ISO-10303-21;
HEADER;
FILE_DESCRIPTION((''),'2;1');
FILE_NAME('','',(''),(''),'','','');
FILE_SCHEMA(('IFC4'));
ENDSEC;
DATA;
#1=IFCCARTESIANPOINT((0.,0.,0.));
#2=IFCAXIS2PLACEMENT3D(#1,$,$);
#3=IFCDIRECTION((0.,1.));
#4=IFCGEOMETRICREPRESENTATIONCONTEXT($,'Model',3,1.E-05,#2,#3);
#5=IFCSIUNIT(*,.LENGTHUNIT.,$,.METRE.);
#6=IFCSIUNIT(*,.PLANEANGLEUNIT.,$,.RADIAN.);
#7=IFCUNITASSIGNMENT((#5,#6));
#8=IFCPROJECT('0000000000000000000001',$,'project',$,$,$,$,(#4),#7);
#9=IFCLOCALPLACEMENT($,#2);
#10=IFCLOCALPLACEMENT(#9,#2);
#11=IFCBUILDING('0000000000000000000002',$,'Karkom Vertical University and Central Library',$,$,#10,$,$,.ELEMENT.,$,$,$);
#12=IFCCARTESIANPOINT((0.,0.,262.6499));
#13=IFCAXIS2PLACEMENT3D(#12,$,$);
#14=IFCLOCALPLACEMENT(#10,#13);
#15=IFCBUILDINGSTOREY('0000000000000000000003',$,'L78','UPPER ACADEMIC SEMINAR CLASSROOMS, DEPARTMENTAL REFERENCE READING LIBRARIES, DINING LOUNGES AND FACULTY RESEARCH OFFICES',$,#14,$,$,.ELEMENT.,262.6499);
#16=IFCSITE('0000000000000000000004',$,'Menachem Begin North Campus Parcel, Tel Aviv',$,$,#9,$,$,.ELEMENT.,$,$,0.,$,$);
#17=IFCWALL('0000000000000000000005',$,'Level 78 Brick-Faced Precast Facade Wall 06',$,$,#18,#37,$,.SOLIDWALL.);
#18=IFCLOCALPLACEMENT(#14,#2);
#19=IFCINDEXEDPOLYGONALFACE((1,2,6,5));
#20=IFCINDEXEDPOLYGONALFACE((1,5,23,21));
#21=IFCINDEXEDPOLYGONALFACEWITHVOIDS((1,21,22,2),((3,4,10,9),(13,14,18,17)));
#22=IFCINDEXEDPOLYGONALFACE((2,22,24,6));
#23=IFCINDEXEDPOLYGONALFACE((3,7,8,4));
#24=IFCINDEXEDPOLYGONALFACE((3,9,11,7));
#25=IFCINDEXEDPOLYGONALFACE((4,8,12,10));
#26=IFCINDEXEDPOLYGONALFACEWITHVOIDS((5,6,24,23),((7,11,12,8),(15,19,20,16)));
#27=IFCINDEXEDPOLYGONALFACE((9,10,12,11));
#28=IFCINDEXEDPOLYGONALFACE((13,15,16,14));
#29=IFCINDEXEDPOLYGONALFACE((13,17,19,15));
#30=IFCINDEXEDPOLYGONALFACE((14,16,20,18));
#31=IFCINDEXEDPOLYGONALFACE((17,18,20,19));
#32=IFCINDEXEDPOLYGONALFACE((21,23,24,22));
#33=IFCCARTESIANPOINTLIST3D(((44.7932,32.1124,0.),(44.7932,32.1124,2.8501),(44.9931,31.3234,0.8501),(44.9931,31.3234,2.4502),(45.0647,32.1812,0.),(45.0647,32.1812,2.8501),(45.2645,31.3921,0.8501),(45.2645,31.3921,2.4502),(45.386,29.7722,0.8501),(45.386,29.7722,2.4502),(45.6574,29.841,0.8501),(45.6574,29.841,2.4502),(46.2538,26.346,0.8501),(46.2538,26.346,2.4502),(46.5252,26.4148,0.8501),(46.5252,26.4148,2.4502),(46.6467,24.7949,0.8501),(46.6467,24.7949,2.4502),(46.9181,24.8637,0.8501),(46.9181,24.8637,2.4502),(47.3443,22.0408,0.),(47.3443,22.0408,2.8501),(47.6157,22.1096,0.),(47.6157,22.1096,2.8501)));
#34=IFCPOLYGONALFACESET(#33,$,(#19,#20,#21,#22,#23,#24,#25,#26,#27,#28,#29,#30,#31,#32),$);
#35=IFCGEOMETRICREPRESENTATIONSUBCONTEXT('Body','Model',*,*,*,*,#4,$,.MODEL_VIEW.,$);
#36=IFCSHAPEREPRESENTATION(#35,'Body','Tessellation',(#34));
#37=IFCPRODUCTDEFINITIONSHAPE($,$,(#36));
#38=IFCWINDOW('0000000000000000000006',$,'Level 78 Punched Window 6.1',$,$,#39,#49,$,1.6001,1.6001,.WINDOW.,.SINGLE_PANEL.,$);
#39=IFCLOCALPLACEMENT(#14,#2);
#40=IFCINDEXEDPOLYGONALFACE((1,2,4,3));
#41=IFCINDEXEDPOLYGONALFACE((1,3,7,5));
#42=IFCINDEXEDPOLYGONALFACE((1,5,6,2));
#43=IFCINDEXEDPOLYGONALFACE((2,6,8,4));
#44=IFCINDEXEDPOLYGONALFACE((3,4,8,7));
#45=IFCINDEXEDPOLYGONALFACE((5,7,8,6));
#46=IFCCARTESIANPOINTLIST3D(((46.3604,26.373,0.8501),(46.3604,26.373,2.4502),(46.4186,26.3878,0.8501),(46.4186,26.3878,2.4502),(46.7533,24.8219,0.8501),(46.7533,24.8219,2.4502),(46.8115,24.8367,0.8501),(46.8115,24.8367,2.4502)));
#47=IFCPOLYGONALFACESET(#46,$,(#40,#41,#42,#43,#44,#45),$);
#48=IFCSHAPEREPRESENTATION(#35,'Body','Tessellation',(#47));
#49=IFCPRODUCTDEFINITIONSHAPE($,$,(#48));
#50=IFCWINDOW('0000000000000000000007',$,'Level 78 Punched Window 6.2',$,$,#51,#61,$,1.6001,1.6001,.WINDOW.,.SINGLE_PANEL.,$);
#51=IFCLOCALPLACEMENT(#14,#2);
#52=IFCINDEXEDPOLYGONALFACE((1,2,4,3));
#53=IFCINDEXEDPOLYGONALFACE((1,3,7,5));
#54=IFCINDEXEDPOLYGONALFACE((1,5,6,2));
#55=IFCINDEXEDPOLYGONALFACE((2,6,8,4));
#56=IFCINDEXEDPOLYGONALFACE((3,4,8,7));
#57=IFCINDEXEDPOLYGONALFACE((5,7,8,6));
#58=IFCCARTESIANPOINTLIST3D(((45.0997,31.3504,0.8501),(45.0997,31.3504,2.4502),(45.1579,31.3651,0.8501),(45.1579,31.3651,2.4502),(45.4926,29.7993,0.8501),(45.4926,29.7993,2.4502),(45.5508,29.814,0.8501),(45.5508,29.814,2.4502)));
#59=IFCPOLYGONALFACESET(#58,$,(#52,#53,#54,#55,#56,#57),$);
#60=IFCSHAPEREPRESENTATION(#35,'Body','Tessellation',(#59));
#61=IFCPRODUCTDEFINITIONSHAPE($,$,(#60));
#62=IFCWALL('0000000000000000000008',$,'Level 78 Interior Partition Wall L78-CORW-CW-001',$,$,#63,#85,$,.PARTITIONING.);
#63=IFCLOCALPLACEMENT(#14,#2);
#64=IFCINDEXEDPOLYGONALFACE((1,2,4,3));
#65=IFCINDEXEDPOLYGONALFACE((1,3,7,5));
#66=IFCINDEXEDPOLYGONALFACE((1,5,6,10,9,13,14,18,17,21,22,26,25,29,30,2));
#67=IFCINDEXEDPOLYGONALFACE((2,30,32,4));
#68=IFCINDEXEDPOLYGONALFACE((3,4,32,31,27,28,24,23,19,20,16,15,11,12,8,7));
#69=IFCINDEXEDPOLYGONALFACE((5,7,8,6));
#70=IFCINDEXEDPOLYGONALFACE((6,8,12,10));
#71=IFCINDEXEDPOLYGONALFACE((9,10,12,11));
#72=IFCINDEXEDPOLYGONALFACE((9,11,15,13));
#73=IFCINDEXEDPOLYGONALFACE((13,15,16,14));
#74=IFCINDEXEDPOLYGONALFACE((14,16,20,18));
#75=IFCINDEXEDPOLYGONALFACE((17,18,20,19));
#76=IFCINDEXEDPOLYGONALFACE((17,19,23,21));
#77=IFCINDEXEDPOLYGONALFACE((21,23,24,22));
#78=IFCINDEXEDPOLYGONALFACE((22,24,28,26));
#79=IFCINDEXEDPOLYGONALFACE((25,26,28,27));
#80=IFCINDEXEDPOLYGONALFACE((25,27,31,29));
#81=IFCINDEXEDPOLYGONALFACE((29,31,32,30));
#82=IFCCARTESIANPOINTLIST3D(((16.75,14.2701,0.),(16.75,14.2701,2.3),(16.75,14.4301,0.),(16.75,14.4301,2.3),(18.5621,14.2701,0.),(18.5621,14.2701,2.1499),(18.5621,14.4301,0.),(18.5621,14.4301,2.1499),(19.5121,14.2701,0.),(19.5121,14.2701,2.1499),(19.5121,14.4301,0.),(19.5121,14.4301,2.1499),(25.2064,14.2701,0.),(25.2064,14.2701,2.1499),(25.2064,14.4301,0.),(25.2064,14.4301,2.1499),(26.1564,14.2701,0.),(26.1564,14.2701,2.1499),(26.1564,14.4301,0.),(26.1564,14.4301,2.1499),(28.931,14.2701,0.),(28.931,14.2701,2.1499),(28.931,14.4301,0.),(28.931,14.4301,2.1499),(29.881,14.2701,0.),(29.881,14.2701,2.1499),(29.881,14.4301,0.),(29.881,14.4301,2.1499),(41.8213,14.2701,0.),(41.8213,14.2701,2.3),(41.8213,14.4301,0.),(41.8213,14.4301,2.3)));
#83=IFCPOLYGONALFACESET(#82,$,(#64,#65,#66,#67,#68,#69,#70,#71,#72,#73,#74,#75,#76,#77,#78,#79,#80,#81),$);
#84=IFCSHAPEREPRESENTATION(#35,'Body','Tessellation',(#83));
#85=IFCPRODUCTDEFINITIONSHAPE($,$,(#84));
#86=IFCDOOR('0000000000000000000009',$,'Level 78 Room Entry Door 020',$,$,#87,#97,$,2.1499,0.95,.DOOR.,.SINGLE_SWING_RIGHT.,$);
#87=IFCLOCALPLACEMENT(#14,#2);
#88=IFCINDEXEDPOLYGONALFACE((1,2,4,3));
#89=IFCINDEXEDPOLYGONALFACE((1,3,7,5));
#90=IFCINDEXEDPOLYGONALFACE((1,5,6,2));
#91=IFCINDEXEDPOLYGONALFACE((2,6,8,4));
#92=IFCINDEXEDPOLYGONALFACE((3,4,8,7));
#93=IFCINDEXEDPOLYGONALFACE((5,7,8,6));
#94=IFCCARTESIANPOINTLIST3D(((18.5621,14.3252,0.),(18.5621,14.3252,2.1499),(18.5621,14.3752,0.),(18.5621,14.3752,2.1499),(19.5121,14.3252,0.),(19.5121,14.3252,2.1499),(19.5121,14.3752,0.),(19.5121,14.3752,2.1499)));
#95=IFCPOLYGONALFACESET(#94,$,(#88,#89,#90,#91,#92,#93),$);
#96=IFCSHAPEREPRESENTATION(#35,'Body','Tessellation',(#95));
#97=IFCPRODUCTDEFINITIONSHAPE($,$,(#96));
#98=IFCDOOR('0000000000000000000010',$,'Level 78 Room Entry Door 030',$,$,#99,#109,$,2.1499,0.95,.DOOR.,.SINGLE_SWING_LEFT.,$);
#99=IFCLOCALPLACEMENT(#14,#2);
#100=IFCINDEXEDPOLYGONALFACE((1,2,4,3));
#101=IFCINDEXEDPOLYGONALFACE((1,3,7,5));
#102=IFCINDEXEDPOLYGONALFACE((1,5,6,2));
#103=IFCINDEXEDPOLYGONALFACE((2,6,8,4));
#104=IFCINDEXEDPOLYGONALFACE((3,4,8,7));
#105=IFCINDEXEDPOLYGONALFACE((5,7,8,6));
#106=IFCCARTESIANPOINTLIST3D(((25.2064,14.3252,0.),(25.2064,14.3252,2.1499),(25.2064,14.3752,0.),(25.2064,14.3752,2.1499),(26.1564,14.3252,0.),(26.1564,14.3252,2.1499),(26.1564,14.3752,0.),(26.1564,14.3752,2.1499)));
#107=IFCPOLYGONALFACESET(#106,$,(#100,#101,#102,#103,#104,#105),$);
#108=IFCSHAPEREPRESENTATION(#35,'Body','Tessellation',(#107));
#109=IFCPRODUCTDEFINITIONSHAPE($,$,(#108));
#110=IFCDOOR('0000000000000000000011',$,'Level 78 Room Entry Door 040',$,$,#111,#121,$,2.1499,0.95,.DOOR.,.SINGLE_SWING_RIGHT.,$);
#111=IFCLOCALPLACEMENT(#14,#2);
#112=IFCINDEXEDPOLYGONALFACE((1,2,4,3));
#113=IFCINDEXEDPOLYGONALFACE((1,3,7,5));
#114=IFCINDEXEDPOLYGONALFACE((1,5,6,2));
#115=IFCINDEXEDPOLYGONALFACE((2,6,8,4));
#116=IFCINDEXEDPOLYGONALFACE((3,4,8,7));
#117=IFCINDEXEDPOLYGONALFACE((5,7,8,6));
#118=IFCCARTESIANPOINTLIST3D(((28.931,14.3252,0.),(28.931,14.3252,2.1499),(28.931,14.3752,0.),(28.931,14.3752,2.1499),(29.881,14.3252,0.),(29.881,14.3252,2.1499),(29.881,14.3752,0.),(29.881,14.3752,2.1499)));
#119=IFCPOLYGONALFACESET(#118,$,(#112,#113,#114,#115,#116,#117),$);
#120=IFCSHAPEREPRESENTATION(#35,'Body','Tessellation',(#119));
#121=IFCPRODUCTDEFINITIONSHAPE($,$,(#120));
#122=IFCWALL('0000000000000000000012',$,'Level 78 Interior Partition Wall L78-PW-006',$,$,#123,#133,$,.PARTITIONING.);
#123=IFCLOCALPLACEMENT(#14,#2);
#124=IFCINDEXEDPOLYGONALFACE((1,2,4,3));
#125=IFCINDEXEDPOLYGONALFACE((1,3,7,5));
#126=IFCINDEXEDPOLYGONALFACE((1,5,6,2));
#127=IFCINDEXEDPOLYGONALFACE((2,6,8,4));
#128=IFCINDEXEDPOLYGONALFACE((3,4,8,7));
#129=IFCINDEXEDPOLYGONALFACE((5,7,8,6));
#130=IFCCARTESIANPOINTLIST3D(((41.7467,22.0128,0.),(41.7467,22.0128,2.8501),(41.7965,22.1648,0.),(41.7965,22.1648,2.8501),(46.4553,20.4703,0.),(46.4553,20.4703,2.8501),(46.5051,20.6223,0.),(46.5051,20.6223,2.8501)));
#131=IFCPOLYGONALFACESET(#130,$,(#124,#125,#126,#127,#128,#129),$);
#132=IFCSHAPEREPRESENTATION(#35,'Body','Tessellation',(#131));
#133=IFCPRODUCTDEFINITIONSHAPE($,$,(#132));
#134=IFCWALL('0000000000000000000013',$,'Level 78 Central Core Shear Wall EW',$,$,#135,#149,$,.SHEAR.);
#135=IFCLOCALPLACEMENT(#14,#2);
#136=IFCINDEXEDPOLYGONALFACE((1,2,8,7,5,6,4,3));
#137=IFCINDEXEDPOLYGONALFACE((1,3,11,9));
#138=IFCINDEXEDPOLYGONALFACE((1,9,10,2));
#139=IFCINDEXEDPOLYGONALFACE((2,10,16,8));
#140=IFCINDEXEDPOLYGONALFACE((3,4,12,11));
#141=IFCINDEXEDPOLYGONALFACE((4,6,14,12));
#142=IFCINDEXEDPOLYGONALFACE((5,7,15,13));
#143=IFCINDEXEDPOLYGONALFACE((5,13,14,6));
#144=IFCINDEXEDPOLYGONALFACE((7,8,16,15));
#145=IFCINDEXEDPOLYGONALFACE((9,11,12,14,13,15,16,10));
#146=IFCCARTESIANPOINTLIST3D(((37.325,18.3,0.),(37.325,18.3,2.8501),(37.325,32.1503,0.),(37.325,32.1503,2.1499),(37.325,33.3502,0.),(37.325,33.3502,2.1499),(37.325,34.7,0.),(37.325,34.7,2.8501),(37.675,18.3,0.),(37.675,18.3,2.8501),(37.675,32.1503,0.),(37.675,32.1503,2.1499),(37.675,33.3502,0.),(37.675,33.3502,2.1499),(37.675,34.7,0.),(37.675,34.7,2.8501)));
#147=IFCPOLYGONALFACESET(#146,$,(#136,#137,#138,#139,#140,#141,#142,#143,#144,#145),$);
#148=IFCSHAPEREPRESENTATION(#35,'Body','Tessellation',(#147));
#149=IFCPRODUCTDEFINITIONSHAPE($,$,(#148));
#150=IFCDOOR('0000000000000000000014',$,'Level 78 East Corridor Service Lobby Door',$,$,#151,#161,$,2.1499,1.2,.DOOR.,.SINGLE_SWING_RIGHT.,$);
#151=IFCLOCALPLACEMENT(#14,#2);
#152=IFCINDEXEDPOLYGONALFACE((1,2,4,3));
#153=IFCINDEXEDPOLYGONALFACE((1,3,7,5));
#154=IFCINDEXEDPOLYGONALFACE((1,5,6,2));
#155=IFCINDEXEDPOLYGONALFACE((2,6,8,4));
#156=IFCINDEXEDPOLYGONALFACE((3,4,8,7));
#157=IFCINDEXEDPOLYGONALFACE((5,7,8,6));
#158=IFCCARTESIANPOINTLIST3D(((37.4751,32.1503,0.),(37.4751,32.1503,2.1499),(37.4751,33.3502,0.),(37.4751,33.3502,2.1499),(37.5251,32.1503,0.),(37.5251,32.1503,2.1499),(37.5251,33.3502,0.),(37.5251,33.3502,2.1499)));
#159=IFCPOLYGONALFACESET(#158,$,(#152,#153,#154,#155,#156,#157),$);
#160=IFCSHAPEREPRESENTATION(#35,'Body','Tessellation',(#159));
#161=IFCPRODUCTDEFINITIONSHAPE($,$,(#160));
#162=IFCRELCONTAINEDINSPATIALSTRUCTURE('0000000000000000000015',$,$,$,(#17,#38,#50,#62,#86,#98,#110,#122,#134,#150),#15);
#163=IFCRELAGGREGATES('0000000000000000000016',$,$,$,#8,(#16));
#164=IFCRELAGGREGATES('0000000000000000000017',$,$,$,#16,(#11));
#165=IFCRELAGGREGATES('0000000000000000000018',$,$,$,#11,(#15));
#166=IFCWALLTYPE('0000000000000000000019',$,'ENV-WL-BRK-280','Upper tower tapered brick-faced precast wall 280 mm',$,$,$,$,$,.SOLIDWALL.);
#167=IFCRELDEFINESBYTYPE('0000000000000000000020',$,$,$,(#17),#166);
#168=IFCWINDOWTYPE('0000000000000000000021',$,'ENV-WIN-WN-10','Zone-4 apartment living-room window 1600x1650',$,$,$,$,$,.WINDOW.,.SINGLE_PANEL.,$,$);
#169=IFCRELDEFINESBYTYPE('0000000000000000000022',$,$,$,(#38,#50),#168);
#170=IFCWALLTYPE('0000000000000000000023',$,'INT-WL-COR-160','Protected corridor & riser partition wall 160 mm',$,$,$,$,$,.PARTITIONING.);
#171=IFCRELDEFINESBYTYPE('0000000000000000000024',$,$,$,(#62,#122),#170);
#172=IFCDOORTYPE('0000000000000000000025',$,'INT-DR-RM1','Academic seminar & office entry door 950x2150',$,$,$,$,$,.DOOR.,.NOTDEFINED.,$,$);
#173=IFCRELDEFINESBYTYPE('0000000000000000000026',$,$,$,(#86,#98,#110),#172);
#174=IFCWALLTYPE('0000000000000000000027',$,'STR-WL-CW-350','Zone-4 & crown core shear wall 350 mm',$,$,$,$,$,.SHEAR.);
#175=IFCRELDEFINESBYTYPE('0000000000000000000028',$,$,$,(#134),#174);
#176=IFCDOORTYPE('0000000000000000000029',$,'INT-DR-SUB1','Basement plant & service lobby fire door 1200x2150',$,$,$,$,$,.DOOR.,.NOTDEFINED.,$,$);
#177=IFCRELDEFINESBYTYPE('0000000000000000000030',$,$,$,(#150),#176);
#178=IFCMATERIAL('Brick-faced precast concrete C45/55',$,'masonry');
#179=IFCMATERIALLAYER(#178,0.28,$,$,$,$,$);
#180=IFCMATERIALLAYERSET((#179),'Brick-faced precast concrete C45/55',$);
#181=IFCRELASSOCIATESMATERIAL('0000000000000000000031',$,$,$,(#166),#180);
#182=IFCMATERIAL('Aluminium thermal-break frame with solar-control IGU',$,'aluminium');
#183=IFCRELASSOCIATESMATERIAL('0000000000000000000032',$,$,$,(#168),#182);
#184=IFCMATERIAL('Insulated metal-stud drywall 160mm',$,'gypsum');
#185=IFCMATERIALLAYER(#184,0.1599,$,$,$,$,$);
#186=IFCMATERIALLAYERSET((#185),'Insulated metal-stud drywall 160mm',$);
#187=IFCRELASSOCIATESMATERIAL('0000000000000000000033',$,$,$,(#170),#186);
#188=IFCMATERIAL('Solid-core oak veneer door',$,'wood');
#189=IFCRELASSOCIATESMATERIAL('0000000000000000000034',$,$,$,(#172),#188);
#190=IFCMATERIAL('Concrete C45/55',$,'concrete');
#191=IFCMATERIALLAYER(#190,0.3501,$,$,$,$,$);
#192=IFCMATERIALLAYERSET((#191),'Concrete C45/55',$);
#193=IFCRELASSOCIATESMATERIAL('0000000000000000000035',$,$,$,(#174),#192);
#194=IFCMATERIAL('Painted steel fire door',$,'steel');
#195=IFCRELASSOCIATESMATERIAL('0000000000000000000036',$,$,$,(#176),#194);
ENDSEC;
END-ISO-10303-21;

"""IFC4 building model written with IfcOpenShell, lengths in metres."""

from ifc_helpers import new_model, si_unit, direction, frame, frame_2d, origin, origin_with_axes, place, context, subcontext, project, spatial, rectangle, extrude, source, transform, mapped, material, layer, layer_set, type_object, element, fill, save


model = new_model("IFC4")

# Units and contexts
model_context = context("Model", 3, precision=1e-05, world=origin(), true_north=direction((0.0, 1.0)))
body_context = subcontext(model_context, "Body", "Model", "MODEL_VIEW")
ifc_project = project(units=[si_unit("LENGTHUNIT", "METRE"), si_unit("PLANEANGLEUNIT", "RADIAN")], contexts=[model_context])

# Site, building, storey
site_placement = place(None, origin())
site = spatial("IfcSite", under=ifc_project, at=site_placement, Name="Menachem Begin North Campus Parcel, Tel Aviv", CompositionType="ELEMENT", RefElevation=0.0)
building_placement = place(site_placement, origin())
building = spatial("IfcBuilding", under=site, at=building_placement, Name="Karkom Vertical University and Central Library", CompositionType="ELEMENT")
storey_placement = place(building_placement, frame((0.0, 0.0, 262.6499)))
storey = spatial("IfcBuildingStorey", under=building, at=storey_placement, Name="L78", Description="UPPER ACADEMIC SEMINAR CLASSROOMS, DEPARTMENTAL REFERENCE READING LIBRARIES, DINING LOUNGES AND FACULTY RESEARCH OFFICES", CompositionType="ELEMENT", Elevation=262.6499)

# Shared definitions
ifc_material_1 = material(Name="Concrete C45/55", Category="concrete")

# Shared definitions
ifc_material_2 = material(Name="Brick-faced precast concrete C45/55", Category="masonry")
ifc_layer_1 = layer(ifc_material_2, 0.28)
ifc_layer_set_1 = layer_set([ifc_layer_1], Name="Brick-faced precast concrete C45/55")
wall_type_1 = type_object("IfcWallType", Name="ENV-WL-BRK-280", Description="Upper tower tapered brick-faced precast wall 280 mm", PredefinedType="SOLIDWALL", material=ifc_layer_set_1)
ifc_material_3 = material(Name="Aluminium thermal-break frame with solar-control IGU", Category="aluminium")
window_type = type_object("IfcWindowType", Name="ENV-WIN-WN-10", Description="Zone-4 apartment living-room window 1600x1650", PartitioningType="SINGLE_PANEL", PredefinedType="WINDOW", material=ifc_material_3)
shared_shape_1 = source(origin_with_axes(), body_context, "Body", "SweptSolid", [
    extrude(rectangle(XDim=1.6001, YDim=1.6001, at=frame_2d((0.8, 0.8))), frame((0.0, 0.03, 0.0), z_axis=(0.0, -1.0, 0.0), x_axis=(1.0, 0.0, 0.0)), (0.0, 0.0, 1.0), 0.0601),
])

# Wall, openings, windows
wall_1_placement = place(storey_placement, frame((47.48, 22.0752, 0.0), z_axis=(0.0, 0.0, 1.0), x_axis=(-0.245537, 0.969387, 0.0)))
wall_1 = element("IfcWall", 1, at=wall_1_placement, inside=storey, type_object=wall_type_1, Name="Level 78 Brick-Faced Precast Facade Wall 06", PredefinedType="SOLIDWALL", context=body_context, shape_type="SweptSolid", body=[
    extrude(rectangle(XDim=10.3896, YDim=0.28, at=frame_2d((5.1948, 0.0))), origin(), (0.0, 0.0, 1.0), 2.8501),
])
opening_1_placement = place(wall_1_placement, frame((2.8411, 0.0, 0.8501)))
opening_1 = element("IfcOpeningElement", 2, at=opening_1_placement, cuts=wall_1, PredefinedType="OPENING", context=body_context, shape_type="SweptSolid", body=[
    extrude(rectangle(XDim=1.6001, YDim=1.6001, at=frame_2d((0.8, 0.8))), frame((0.0, 0.1499, 0.0), z_axis=(0.0, -1.0, 0.0), x_axis=(1.0, 0.0, 0.0)), (0.0, 0.0, 1.0), 0.3),
])
opening_2_placement = place(wall_1_placement, frame((7.9756, 0.0, 0.8501)))
opening_2 = element("IfcOpeningElement", 3, at=opening_2_placement, cuts=wall_1, PredefinedType="OPENING", context=body_context, shape_type="SweptSolid", body=[
    extrude(rectangle(XDim=1.6001, YDim=1.6001, at=frame_2d((0.8, 0.8))), frame((0.0, 0.1499, 0.0), z_axis=(0.0, -1.0, 0.0), x_axis=(1.0, 0.0, 0.0)), (0.0, 0.0, 1.0), 0.3),
])
window_1_placement = place(opening_1_placement, origin())
window_1 = element("IfcWindow", 4, at=window_1_placement, inside=storey, type_object=window_type, Name="Level 78 Punched Window 6.1", OverallHeight=1.6001, OverallWidth=1.6001, PartitioningType="SINGLE_PANEL", PredefinedType="WINDOW", context=body_context, shape_type="MappedRepresentation", body=[
    mapped(shared_shape_1, transform((0.0, 0.0, 0.0), scale=1.0)),
])
fill(opening_1, window_1)
window_2_placement = place(opening_2_placement, origin())
window_2 = element("IfcWindow", 5, at=window_2_placement, inside=storey, type_object=window_type, Name="Level 78 Punched Window 6.2", OverallHeight=1.6001, OverallWidth=1.6001, PartitioningType="SINGLE_PANEL", PredefinedType="WINDOW", context=body_context, shape_type="MappedRepresentation", body=[
    mapped(shared_shape_1, transform((0.0, 0.0, 0.0), scale=1.0)),
])
fill(opening_2, window_2)

# Wall, openings, doors
ifc_material_4 = material(Name="Insulated metal-stud drywall 160mm", Category="gypsum")
ifc_layer_2 = layer(ifc_material_4, 0.1599)
ifc_layer_set_2 = layer_set([ifc_layer_2], Name="Insulated metal-stud drywall 160mm")
wall_type_2 = type_object("IfcWallType", Name="INT-WL-COR-160", Description="Protected corridor & riser partition wall 160 mm", PredefinedType="PARTITIONING", material=ifc_layer_set_2)
wall_2_placement = place(storey_placement, frame((41.8213, 14.3501, 0.0), z_axis=(0.0, 0.0, 1.0), x_axis=(-1.0, 0.0, 0.0)))
wall_2 = element("IfcWall", 6, at=wall_2_placement, inside=storey, type_object=wall_type_2, Name="Level 78 Interior Partition Wall L78-CORW-CW-001", PredefinedType="PARTITIONING", context=body_context, shape_type="SweptSolid", body=[
    extrude(rectangle(XDim=25.0713, YDim=0.1599, at=frame_2d((12.5356, 0.0))), origin(), (0.0, 0.0, 1.0), 2.3),
])
opening_3_placement = place(wall_2_placement, frame((22.3091, 0.0, 0.0)))
opening_3 = element("IfcOpeningElement", 7, at=opening_3_placement, cuts=wall_2, PredefinedType="OPENING", context=body_context, shape_type="SweptSolid", body=[
    extrude(rectangle(XDim=0.95, YDim=2.1499, at=frame_2d((0.4751, 1.075))), frame((0.0, 0.0898, 0.0), z_axis=(0.0, -1.0, 0.0), x_axis=(1.0, 0.0, 0.0)), (0.0, 0.0, 1.0), 0.1799),
])
opening_4_placement = place(wall_2_placement, frame((15.6648, 0.0, 0.0)))
opening_4 = element("IfcOpeningElement", 8, at=opening_4_placement, cuts=wall_2, PredefinedType="OPENING", context=body_context, shape_type="SweptSolid", body=[
    extrude(rectangle(XDim=0.95, YDim=2.1499, at=frame_2d((0.4751, 1.075))), frame((0.0, 0.0898, 0.0), z_axis=(0.0, -1.0, 0.0), x_axis=(1.0, 0.0, 0.0)), (0.0, 0.0, 1.0), 0.1799),
])
opening_5_placement = place(wall_2_placement, frame((11.9402, 0.0, 0.0)))
opening_5 = element("IfcOpeningElement", 9, at=opening_5_placement, cuts=wall_2, PredefinedType="OPENING", context=body_context, shape_type="SweptSolid", body=[
    extrude(rectangle(XDim=0.95, YDim=2.1499, at=frame_2d((0.4751, 1.075))), frame((0.0, 0.0898, 0.0), z_axis=(0.0, -1.0, 0.0), x_axis=(1.0, 0.0, 0.0)), (0.0, 0.0, 1.0), 0.1799),
])
ifc_material_5 = material(Name="Solid-core oak veneer door", Category="wood")
door_type_1 = type_object("IfcDoorType", Name="INT-DR-RM1", Description="Academic seminar & office entry door 950x2150", OperationType="NOTDEFINED", PredefinedType="DOOR", material=ifc_material_5)
shared_shape_2 = source(origin_with_axes(), body_context, "Body", "SweptSolid", [
    extrude(rectangle(XDim=0.95, YDim=2.1499, at=frame_2d((0.4751, 1.075))), frame((0.0, 0.0249, 0.0), z_axis=(0.0, -1.0, 0.0), x_axis=(1.0, 0.0, 0.0)), (0.0, 0.0, 1.0), 0.05),
])
door_1_placement = place(opening_3_placement, origin())
door_1 = element("IfcDoor", 10, at=door_1_placement, inside=storey, type_object=door_type_1, Name="Level 78 Room Entry Door 020", OperationType="SINGLE_SWING_RIGHT", OverallHeight=2.1499, OverallWidth=0.95, PredefinedType="DOOR", context=body_context, shape_type="MappedRepresentation", body=[
    mapped(shared_shape_2, transform((0.0, 0.0, 0.0), scale=1.0)),
])
fill(opening_3, door_1)
door_2_placement = place(opening_4_placement, origin())
door_2 = element("IfcDoor", 11, at=door_2_placement, inside=storey, type_object=door_type_1, Name="Level 78 Room Entry Door 030", OperationType="SINGLE_SWING_LEFT", OverallHeight=2.1499, OverallWidth=0.95, PredefinedType="DOOR", context=body_context, shape_type="MappedRepresentation", body=[
    mapped(shared_shape_2, transform((0.0, 0.0, 0.0), scale=1.0)),
])
fill(opening_4, door_2)
door_3_placement = place(opening_5_placement, origin())
door_3 = element("IfcDoor", 12, at=door_3_placement, inside=storey, type_object=door_type_1, Name="Level 78 Room Entry Door 040", OperationType="SINGLE_SWING_RIGHT", OverallHeight=2.1499, OverallWidth=0.95, PredefinedType="DOOR", context=body_context, shape_type="MappedRepresentation", body=[
    mapped(shared_shape_2, transform((0.0, 0.0, 0.0), scale=1.0)),
])
fill(opening_5, door_3)

# Wall
wall_3_placement = place(storey_placement, frame((41.7715, 22.0889, 0.0), z_axis=(0.0, 0.0, 1.0), x_axis=(0.950307, -0.311316, 0.0)))
element("IfcWall", 13, at=wall_3_placement, inside=storey, type_object=wall_type_2, Name="Level 78 Interior Partition Wall L78-PW-006", PredefinedType="PARTITIONING", context=body_context, shape_type="SweptSolid", body=[
    extrude(rectangle(XDim=4.9548, YDim=0.1599, at=frame_2d((2.4775, 0.0))), origin(), (0.0, 0.0, 1.0), 2.8501),
])

# Wall, opening, door
ifc_layer_3 = layer(ifc_material_1, 0.3501)
ifc_layer_set_3 = layer_set([ifc_layer_3], Name="Concrete C45/55")
wall_type_3 = type_object("IfcWallType", Name="STR-WL-CW-350", Description="Zone-4 & crown core shear wall 350 mm", PredefinedType="SHEAR", material=ifc_layer_set_3)
wall_4_placement = place(storey_placement, frame((37.5, 18.3, 0.0), z_axis=(0.0, 0.0, 1.0), x_axis=(0.0, 1.0, 0.0)))
wall_4 = element("IfcWall", 14, at=wall_4_placement, inside=storey, type_object=wall_type_3, Name="Level 78 Central Core Shear Wall EW", PredefinedType="SHEAR", context=body_context, shape_type="SweptSolid", body=[
    extrude(rectangle(XDim=16.3999, YDim=0.3501, at=frame_2d((8.2, 0.0))), origin(), (0.0, 0.0, 1.0), 2.8501),
])
opening_6_placement = place(wall_4_placement, frame((13.8501, 0.0, 0.0)))
opening_6 = element("IfcOpeningElement", 15, at=opening_6_placement, cuts=wall_4, PredefinedType="OPENING", context=body_context, shape_type="SweptSolid", body=[
    extrude(rectangle(XDim=1.2, YDim=2.1499, at=frame_2d((0.6001, 1.075))), frame((0.0, 0.1851, 0.0), z_axis=(0.0, -1.0, 0.0), x_axis=(1.0, 0.0, 0.0)), (0.0, 0.0, 1.0), 0.3701),
])
ifc_material_6 = material(Name="Painted steel fire door", Category="steel")
door_type_2 = type_object("IfcDoorType", Name="INT-DR-SUB1", Description="Basement plant & service lobby fire door 1200x2150", OperationType="NOTDEFINED", PredefinedType="DOOR", material=ifc_material_6)
shared_shape_3 = source(origin_with_axes(), body_context, "Body", "SweptSolid", [
    extrude(rectangle(XDim=1.2, YDim=2.1499, at=frame_2d((0.6001, 1.075))), frame((0.0, 0.0249, 0.0), z_axis=(0.0, -1.0, 0.0), x_axis=(1.0, 0.0, 0.0)), (0.0, 0.0, 1.0), 0.05),
])
door_4_placement = place(opening_6_placement, origin())
door_4 = element("IfcDoor", 16, at=door_4_placement, inside=storey, type_object=door_type_2, Name="Level 78 East Corridor Service Lobby Door", OperationType="SINGLE_SWING_RIGHT", OverallHeight=2.1499, OverallWidth=1.2, PredefinedType="DOOR", context=body_context, shape_type="MappedRepresentation", body=[
    mapped(shared_shape_3, transform((0.0, 0.0, 0.0), scale=1.0)),
])
fill(opening_6, door_4)

save(model, "model.ifc")
